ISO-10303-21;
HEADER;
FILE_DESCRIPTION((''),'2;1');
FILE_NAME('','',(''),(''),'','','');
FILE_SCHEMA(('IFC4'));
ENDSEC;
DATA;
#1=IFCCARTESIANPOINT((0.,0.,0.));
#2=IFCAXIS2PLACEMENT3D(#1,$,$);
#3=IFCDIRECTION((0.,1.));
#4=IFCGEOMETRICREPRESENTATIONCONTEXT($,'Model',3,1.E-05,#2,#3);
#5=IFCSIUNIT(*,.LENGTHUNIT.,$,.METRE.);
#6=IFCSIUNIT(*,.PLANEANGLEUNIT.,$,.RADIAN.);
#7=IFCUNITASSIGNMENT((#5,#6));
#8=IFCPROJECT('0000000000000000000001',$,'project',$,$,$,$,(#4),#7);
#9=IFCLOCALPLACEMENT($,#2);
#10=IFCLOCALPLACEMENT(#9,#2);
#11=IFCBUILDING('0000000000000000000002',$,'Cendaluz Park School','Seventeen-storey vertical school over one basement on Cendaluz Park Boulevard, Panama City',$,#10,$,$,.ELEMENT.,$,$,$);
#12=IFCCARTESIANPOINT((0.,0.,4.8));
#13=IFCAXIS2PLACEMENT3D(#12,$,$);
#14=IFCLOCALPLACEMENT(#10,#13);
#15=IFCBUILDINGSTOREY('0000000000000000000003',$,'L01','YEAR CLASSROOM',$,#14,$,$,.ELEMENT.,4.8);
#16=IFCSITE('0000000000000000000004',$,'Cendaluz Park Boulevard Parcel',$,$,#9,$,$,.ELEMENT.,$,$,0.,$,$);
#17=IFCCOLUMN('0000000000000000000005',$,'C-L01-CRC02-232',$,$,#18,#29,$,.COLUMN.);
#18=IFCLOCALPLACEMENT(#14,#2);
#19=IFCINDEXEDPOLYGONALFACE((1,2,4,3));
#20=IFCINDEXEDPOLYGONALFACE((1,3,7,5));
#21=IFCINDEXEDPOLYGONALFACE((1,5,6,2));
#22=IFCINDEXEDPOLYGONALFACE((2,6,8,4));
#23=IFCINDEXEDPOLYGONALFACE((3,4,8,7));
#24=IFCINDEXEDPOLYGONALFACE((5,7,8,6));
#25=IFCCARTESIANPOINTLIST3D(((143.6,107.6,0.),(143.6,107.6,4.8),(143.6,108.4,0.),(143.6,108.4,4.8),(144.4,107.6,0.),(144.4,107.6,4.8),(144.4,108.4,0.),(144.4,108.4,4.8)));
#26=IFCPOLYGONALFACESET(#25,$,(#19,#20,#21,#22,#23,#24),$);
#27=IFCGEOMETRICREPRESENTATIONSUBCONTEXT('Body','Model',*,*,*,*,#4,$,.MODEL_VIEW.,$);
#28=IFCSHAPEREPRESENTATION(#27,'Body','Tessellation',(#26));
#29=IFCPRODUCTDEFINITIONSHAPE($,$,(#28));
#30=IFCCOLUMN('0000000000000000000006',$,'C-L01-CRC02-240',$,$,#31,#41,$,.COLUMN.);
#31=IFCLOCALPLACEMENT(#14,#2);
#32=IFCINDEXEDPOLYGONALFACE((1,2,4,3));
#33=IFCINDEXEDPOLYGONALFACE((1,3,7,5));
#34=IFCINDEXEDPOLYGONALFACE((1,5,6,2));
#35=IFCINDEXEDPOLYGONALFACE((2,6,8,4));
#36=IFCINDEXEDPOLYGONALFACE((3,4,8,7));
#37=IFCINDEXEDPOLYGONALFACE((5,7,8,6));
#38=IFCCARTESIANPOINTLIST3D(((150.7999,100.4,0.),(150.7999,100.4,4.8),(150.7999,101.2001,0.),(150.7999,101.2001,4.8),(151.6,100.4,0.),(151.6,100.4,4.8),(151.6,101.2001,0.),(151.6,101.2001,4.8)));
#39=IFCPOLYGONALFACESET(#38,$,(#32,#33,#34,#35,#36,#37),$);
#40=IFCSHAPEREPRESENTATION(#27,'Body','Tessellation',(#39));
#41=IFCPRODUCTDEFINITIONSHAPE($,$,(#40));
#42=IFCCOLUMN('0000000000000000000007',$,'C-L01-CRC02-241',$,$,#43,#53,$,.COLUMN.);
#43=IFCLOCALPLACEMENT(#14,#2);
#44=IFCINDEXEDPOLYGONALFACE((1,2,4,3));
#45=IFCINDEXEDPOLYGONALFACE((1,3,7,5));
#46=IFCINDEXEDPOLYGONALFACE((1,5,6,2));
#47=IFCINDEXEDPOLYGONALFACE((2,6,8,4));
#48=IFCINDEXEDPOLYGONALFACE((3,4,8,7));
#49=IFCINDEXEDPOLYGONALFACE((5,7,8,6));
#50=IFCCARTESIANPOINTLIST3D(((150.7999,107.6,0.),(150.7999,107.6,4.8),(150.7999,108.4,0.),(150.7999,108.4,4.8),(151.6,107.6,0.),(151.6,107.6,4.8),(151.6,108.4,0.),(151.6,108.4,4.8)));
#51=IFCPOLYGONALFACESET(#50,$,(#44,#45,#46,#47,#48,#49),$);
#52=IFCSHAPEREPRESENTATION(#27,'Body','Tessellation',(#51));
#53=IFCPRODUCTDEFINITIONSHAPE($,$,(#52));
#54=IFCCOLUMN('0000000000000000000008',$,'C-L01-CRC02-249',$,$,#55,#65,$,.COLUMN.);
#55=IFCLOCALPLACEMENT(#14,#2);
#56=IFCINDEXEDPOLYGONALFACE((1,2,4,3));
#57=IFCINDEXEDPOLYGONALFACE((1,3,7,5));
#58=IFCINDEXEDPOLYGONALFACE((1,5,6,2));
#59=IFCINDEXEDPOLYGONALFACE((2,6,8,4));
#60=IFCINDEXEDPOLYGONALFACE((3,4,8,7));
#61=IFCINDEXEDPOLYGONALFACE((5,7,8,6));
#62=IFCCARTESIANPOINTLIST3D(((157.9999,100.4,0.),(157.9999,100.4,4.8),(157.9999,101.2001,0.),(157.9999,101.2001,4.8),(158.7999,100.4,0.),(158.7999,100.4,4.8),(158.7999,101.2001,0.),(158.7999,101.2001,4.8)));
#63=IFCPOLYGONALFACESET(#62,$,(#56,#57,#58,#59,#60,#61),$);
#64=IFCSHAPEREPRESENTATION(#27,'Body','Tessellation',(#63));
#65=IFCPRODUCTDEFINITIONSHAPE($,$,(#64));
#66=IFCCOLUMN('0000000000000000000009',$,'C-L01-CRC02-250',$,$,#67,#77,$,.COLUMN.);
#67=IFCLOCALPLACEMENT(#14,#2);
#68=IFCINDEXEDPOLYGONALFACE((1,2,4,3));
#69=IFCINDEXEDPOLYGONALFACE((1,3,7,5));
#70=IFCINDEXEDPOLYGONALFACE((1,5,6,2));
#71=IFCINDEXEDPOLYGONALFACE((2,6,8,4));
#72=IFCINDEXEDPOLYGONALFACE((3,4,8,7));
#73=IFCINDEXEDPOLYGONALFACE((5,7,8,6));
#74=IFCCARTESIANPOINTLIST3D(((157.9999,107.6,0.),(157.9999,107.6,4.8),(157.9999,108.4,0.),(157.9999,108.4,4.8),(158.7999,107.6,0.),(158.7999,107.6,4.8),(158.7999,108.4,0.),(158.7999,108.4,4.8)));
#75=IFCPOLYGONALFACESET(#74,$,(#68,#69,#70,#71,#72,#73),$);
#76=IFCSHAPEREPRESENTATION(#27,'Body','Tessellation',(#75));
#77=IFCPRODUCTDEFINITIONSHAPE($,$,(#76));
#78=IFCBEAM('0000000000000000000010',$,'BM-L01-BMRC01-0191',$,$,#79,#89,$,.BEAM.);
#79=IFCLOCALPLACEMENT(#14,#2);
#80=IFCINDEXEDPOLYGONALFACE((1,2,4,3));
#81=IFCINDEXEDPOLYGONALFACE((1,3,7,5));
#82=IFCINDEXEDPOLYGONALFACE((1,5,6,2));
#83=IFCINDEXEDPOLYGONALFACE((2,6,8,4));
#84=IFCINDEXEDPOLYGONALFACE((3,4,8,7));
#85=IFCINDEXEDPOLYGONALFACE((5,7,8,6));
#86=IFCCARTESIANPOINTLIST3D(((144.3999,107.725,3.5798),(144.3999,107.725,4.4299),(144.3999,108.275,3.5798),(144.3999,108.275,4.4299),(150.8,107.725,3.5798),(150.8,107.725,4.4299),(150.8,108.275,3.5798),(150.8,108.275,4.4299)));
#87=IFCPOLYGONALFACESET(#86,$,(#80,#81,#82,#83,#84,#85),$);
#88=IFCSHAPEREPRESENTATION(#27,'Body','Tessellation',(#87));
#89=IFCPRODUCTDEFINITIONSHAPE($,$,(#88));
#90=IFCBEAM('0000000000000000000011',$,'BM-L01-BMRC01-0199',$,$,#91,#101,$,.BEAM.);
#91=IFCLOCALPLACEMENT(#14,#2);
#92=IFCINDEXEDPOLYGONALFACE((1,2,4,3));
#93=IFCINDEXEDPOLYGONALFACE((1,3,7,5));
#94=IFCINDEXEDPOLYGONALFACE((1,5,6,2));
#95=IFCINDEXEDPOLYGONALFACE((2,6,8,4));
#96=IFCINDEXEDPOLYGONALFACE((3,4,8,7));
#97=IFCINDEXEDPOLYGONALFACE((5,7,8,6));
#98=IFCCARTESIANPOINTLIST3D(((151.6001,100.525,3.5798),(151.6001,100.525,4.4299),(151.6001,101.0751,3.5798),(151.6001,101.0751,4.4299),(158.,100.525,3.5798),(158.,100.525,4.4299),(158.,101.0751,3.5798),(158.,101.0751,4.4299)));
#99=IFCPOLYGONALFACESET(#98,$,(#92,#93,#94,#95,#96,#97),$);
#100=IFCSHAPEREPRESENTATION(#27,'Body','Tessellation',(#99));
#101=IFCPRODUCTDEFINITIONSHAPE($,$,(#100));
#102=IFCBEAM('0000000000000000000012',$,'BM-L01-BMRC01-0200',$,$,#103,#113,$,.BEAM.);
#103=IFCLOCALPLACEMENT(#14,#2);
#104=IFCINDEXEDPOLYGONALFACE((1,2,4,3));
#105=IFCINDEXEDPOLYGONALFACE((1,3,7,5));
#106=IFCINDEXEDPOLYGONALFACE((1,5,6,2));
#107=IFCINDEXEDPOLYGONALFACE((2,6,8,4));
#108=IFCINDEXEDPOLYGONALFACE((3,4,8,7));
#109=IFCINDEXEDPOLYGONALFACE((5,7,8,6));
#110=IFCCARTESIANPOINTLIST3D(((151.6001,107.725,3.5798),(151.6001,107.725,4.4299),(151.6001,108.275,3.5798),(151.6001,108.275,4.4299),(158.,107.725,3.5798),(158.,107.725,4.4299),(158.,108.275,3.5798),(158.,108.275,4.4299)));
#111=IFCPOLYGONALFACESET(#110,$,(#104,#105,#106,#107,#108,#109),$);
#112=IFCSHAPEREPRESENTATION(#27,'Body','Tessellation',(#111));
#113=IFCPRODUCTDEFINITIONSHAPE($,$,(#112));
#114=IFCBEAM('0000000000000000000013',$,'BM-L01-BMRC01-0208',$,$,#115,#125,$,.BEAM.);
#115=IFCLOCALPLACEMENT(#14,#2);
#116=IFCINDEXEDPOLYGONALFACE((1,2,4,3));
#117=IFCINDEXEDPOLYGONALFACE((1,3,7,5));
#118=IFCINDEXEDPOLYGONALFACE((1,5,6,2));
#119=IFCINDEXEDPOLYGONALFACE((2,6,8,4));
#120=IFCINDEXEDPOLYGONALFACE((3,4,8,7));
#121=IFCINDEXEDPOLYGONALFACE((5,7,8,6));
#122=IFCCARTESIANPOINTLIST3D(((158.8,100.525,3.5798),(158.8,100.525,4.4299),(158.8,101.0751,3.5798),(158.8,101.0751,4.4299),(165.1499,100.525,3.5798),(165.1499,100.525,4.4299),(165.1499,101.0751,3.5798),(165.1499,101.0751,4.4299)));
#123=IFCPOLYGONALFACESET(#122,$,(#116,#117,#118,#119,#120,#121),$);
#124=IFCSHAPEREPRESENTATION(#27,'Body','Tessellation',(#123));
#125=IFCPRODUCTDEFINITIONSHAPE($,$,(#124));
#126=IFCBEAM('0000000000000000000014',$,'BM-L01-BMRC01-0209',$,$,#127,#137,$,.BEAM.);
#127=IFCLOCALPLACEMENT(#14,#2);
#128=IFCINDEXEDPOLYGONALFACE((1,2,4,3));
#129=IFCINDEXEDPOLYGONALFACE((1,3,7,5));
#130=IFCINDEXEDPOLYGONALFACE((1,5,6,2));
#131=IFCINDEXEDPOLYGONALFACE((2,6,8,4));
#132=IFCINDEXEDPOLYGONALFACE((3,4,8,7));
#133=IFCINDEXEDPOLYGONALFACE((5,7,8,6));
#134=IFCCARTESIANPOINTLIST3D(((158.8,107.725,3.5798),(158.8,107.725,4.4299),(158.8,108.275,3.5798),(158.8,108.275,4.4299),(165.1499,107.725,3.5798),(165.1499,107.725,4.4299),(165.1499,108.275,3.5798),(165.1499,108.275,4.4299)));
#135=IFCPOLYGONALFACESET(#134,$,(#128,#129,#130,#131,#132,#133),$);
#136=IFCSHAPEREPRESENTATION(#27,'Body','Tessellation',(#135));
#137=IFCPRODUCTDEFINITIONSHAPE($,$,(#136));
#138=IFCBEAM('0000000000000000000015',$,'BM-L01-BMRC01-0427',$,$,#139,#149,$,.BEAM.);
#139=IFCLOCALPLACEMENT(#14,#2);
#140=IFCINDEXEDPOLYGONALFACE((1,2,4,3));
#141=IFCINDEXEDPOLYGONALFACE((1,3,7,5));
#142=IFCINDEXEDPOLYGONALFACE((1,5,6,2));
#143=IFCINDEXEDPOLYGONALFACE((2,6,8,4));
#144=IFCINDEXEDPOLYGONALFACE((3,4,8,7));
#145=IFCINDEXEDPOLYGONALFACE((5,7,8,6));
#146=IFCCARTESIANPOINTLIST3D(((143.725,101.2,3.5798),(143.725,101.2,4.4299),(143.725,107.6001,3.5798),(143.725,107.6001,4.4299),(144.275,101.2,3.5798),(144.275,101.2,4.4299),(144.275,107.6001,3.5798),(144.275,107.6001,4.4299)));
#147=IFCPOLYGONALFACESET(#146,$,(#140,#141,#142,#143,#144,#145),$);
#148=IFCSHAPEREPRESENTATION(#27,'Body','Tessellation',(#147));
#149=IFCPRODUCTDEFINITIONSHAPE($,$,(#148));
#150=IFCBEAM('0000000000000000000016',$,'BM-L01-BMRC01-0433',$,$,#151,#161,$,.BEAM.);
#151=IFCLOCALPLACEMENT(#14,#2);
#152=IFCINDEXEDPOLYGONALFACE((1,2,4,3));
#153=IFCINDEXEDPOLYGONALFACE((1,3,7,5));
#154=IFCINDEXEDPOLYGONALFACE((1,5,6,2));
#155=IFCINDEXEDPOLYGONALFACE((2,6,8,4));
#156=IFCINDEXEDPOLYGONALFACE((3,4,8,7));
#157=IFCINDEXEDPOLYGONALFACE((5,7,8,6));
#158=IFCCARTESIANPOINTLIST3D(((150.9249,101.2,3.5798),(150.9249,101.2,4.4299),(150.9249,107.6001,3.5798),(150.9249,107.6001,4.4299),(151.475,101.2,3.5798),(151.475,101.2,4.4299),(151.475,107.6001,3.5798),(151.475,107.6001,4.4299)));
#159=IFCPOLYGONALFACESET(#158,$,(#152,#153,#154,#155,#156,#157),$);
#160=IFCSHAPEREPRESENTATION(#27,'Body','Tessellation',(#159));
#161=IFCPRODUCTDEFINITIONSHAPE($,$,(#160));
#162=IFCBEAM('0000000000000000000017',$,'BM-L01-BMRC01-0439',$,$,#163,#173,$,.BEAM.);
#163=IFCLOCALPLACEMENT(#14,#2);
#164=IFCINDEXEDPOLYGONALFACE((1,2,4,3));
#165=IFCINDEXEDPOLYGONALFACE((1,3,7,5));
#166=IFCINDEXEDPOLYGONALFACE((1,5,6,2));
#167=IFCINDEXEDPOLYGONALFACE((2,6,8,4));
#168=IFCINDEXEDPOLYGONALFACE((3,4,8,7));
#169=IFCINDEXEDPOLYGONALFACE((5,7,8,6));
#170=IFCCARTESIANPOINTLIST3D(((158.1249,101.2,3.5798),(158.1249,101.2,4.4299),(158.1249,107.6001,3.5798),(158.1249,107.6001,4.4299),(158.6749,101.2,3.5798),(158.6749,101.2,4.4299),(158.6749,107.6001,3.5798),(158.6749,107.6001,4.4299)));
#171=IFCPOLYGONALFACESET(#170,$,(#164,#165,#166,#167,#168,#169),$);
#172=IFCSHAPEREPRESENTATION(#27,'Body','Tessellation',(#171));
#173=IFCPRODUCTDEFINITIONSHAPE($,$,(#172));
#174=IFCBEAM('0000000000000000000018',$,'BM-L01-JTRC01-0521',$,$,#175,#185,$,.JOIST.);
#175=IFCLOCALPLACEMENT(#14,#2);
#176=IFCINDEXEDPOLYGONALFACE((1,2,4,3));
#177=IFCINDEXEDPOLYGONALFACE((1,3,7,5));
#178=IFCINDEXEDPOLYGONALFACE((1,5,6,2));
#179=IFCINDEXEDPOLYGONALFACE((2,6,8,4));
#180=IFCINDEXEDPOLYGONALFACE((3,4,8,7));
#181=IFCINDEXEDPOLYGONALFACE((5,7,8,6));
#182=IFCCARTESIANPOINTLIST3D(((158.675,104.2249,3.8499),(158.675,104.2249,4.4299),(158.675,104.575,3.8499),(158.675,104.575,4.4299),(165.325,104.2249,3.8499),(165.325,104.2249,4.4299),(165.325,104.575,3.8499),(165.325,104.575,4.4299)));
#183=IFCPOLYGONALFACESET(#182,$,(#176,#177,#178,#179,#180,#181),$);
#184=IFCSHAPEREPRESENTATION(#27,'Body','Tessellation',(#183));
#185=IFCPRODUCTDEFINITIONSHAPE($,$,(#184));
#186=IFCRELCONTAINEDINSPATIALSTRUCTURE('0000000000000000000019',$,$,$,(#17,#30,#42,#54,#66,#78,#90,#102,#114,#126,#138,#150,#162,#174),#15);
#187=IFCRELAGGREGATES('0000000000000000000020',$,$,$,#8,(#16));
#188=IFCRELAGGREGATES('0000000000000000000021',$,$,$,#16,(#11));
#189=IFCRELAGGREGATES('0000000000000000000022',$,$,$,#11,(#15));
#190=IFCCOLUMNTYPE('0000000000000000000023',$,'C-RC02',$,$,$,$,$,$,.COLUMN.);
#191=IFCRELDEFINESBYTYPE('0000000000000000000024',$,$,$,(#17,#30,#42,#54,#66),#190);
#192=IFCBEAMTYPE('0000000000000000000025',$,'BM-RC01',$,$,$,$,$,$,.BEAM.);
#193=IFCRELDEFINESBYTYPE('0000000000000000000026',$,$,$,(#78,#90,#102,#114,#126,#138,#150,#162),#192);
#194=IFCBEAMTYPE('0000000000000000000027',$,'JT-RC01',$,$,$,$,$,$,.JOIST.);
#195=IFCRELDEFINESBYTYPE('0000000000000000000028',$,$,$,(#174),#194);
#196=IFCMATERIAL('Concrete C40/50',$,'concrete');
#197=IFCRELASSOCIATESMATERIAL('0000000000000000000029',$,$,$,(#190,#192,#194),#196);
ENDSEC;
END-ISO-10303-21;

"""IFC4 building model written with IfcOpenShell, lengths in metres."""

from ifc_helpers import new_model, si_unit, direction, frame, origin, origin_2d, place, context, subcontext, project, spatial, rectangle, extrude, material, material_profile, profile_set, type_object, element, save


model = new_model("IFC4")

# Units and contexts
model_context = context("Model", 3, precision=1e-05, world=origin(), true_north=direction((0.0, 1.0)))
body_context = subcontext(model_context, "Body", "Model", "MODEL_VIEW")
ifc_project = project(units=[si_unit("LENGTHUNIT", "METRE"), si_unit("PLANEANGLEUNIT", "RADIAN")], contexts=[model_context])

# Site, building, storey
site_placement = place(None, origin())
site = spatial("IfcSite", under=ifc_project, at=site_placement, Name="Cendaluz Park Boulevard Parcel", CompositionType="ELEMENT", RefElevation=0.0)
building_placement = place(site_placement, origin())
building = spatial("IfcBuilding", under=site, at=building_placement, Name="Cendaluz Park School", Description="Seventeen-storey vertical school over one basement on Cendaluz Park Boulevard, Panama City", CompositionType="ELEMENT")
storey_placement = place(building_placement, frame((0.0, 0.0, 4.8)))
storey = spatial("IfcBuildingStorey", under=building, at=storey_placement, Name="L01", Description="YEAR CLASSROOM", CompositionType="ELEMENT", Elevation=4.8)

# Columns
ifc_material_1 = material(Name="Concrete C40/50", Category="concrete")
ifc_material_profile_1 = material_profile(ifc_material_1, rectangle(XDim=0.8, YDim=0.8, at=origin_2d()), Name="RC 800x800", Category="concrete")
ifc_profile_set_1 = profile_set([ifc_material_profile_1], Name="Concrete C40/50")
column_type = type_object("IfcColumnType", Name="C-RC02", PredefinedType="COLUMN", material=ifc_profile_set_1)
for number, where, z_axis, x_axis, name in (
    (1, (144.0, 108.0, 0.0), (0.0, 0.0, 1.0), (1.0, 0.0, 0.0), "C-L01-CRC02-232"),
    (2, (151.2, 100.8, 0.0), (0.0, 0.0, 1.0), (1.0, 0.0, 0.0), "C-L01-CRC02-240"),
    (3, (151.2, 108.0, 0.0), (0.0, 0.0, 1.0), (1.0, 0.0, 0.0), "C-L01-CRC02-241"),
    (4, (158.3999, 100.8, 0.0), (0.0, 0.0, 1.0), (1.0, 0.0, 0.0), "C-L01-CRC02-249"),
    (5, (158.3999, 108.0, 0.0), (0.0, 0.0, 1.0), (1.0, 0.0, 0.0), "C-L01-CRC02-250"),
):
    element("IfcColumn", number, at=place(storey_placement, frame(where, z_axis=z_axis, x_axis=x_axis)), inside=storey, type_object=column_type, Name=name, PredefinedType="COLUMN", context=body_context, shape_type="SweptSolid", body=[
        extrude(rectangle(XDim=0.8, YDim=0.8, at=origin_2d()), origin(), (0.0, 0.0, 1.0), 4.8),
    ])

# Beams
ifc_material_profile_2 = material_profile(ifc_material_1, rectangle(XDim=0.55, YDim=0.8501, at=origin_2d()), Name="RC 550x850", Category="concrete")
ifc_profile_set_2 = profile_set([ifc_material_profile_2], Name="Concrete C40/50")
beam_type_1 = type_object("IfcBeamType", Name="BM-RC01", PredefinedType="BEAM", material=ifc_profile_set_2)
beam_1_placement = place(storey_placement, frame((144.3999, 108.0, 4.0049), z_axis=(1.0, 0.0, 0.0), x_axis=(0.0, 1.0, 0.0)))
element("IfcBeam", 6, at=beam_1_placement, inside=storey, type_object=beam_type_1, Name="BM-L01-BMRC01-0191", PredefinedType="BEAM", context=body_context, shape_type="SweptSolid", body=[
    extrude(rectangle(XDim=0.55, YDim=0.8501, at=origin_2d()), origin(), (0.0, 0.0, 1.0), 6.4001),
])
for number, where, z_axis, x_axis, name in (
    (7, (151.6001, 100.8, 4.0049), (1.0, 0.0, 0.0), (0.0, 1.0, 0.0), "BM-L01-BMRC01-0199"),
    (8, (151.6001, 108.0, 4.0049), (1.0, 0.0, 0.0), (0.0, 1.0, 0.0), "BM-L01-BMRC01-0200"),
):
    element("IfcBeam", number, at=place(storey_placement, frame(where, z_axis=z_axis, x_axis=x_axis)), inside=storey, type_object=beam_type_1, Name=name, PredefinedType="BEAM", context=body_context, shape_type="SweptSolid", body=[
        extrude(rectangle(XDim=0.55, YDim=0.8501, at=origin_2d()), origin(), (0.0, 0.0, 1.0), 6.3999),
    ])
for number, where, z_axis, x_axis, name in (
    (9, (158.8, 100.8, 4.0049), (1.0, 0.0, 0.0), (0.0, 1.0, 0.0), "BM-L01-BMRC01-0208"),
    (10, (158.8, 108.0, 4.0049), (1.0, 0.0, 0.0), (0.0, 1.0, 0.0), "BM-L01-BMRC01-0209"),
):
    element("IfcBeam", number, at=place(storey_placement, frame(where, z_axis=z_axis, x_axis=x_axis)), inside=storey, type_object=beam_type_1, Name=name, PredefinedType="BEAM", context=body_context, shape_type="SweptSolid", body=[
        extrude(rectangle(XDim=0.55, YDim=0.8501, at=origin_2d()), origin(), (0.0, 0.0, 1.0), 6.3499),
    ])
for number, where, z_axis, x_axis, name in (
    (11, (144.0, 101.2, 4.0049), (0.0, 1.0, 0.0), (-1.0, 0.0, 0.0), "BM-L01-BMRC01-0427"),
    (12, (151.2, 101.2, 4.0049), (0.0, 1.0, 0.0), (-1.0, 0.0, 0.0), "BM-L01-BMRC01-0433"),
    (13, (158.3999, 101.2, 4.0049), (0.0, 1.0, 0.0), (-1.0, 0.0, 0.0), "BM-L01-BMRC01-0439"),
):
    element("IfcBeam", number, at=place(storey_placement, frame(where, z_axis=z_axis, x_axis=x_axis)), inside=storey, type_object=beam_type_1, Name=name, PredefinedType="BEAM", context=body_context, shape_type="SweptSolid", body=[
        extrude(rectangle(XDim=0.55, YDim=0.8501, at=origin_2d()), origin(), (0.0, 0.0, 1.0), 6.4001),
    ])
ifc_material_profile_3 = material_profile(ifc_material_1, rectangle(XDim=0.3501, YDim=0.5801, at=origin_2d()), Name="RC 350x580", Category="concrete")
ifc_profile_set_3 = profile_set([ifc_material_profile_3], Name="Concrete C40/50")
beam_type_2 = type_object("IfcBeamType", Name="JT-RC01", PredefinedType="JOIST", material=ifc_profile_set_3)
beam_2_placement = place(storey_placement, frame((158.675, 104.3999, 4.1399), z_axis=(1.0, 0.0, 0.0), x_axis=(0.0, 1.0, 0.0)))
element("IfcBeam", 14, at=beam_2_placement, inside=storey, type_object=beam_type_2, Name="BM-L01-JTRC01-0521", PredefinedType="JOIST", context=body_context, shape_type="SweptSolid", body=[
    extrude(rectangle(XDim=0.3501, YDim=0.5801, at=origin_2d()), origin(), (0.0, 0.0, 1.0), 6.6499),
])

save(model, "model.ifc")
